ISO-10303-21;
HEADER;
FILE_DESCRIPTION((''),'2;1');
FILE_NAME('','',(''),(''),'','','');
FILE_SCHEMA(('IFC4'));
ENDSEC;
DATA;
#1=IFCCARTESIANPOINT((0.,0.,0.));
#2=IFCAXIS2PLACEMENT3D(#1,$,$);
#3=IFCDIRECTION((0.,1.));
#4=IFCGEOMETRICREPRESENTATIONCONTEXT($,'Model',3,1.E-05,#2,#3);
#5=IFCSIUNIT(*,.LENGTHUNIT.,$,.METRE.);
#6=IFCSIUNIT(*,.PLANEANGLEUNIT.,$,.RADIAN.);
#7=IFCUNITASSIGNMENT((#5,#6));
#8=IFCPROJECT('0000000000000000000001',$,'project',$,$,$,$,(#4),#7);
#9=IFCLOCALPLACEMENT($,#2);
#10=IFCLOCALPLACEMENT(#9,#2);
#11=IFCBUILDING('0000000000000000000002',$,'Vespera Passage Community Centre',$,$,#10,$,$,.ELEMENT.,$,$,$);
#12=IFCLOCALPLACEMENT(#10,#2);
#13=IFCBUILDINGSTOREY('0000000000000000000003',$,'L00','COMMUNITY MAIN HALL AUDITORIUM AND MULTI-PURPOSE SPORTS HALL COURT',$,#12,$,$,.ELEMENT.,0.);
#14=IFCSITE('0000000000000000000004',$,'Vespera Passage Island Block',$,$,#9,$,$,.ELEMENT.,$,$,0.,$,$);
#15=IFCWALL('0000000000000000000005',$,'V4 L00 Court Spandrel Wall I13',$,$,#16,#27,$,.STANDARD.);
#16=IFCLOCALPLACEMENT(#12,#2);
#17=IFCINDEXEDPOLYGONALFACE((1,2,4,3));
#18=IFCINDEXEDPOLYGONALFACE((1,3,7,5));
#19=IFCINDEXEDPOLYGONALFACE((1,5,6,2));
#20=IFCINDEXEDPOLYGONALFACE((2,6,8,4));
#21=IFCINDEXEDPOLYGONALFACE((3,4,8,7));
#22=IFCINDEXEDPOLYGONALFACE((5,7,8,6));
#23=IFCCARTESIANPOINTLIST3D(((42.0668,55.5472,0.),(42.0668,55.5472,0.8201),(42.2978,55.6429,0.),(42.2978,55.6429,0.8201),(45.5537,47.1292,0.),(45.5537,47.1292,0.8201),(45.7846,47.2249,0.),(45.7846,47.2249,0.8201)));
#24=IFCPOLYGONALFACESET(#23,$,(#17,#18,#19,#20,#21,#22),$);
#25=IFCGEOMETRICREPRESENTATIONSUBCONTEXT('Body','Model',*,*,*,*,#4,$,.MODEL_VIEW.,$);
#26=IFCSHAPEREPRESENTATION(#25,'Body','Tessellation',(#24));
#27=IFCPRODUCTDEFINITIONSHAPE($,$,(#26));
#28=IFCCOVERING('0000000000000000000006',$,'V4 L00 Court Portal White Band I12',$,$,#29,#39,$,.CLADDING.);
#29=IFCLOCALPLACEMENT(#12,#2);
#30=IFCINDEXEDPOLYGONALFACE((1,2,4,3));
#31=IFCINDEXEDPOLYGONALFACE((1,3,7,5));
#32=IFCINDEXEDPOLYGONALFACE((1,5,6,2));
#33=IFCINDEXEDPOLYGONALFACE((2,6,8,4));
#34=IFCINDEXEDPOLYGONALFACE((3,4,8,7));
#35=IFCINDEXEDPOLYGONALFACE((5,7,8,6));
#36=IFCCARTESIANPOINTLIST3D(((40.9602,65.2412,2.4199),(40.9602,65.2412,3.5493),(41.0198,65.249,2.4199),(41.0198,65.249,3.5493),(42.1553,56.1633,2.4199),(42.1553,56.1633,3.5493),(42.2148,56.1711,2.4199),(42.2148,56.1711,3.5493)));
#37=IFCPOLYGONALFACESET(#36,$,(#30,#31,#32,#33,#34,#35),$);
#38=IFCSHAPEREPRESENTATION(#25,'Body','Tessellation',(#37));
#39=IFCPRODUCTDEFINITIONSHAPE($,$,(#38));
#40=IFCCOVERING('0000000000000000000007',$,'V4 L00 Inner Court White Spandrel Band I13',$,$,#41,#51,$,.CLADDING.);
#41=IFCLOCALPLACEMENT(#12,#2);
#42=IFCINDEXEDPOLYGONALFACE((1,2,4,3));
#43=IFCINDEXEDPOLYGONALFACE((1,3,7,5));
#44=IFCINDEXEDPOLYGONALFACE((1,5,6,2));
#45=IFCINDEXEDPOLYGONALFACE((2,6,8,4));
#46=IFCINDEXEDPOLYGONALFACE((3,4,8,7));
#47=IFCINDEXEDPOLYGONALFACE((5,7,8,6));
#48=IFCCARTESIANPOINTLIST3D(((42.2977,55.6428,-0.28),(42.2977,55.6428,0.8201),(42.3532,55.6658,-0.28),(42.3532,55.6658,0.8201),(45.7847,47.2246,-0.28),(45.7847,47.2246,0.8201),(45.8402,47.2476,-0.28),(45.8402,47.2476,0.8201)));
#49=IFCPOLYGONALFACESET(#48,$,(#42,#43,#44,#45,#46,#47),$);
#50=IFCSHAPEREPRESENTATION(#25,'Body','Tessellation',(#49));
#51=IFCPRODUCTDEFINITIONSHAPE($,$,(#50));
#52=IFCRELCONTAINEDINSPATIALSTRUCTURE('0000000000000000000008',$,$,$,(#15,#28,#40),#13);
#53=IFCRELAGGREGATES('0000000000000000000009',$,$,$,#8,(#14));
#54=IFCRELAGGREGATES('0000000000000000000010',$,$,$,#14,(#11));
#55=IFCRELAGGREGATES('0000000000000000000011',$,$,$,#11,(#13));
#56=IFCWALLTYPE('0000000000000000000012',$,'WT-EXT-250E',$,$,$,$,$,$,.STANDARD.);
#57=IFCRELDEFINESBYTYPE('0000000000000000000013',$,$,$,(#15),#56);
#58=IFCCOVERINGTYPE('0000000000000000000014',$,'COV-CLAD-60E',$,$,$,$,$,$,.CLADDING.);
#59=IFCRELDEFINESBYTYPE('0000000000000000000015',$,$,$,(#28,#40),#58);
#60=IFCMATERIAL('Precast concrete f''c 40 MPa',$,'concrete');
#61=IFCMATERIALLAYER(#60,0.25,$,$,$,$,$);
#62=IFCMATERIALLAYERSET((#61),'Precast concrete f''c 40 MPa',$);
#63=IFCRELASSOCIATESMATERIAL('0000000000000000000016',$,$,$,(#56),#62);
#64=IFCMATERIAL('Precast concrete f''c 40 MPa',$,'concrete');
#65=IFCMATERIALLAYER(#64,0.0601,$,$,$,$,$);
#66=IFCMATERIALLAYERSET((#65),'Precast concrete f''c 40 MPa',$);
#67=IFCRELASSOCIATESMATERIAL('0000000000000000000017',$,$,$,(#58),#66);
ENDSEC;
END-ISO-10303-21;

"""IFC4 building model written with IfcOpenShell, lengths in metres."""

from ifc_helpers import new_model, si_unit, direction, frame, frame_2d, origin, place, context, subcontext, project, spatial, rectangle, extrude, material, layer, layer_set, type_object, element, save


model = new_model("IFC4")

# Units and contexts
model_context = context("Model", 3, precision=1e-05, world=origin(), true_north=direction((0.0, 1.0)))
body_context = subcontext(model_context, "Body", "Model", "MODEL_VIEW")
ifc_project = project(units=[si_unit("LENGTHUNIT", "METRE"), si_unit("PLANEANGLEUNIT", "RADIAN")], contexts=[model_context])

# Site, building, storey
site_placement = place(None, origin())
site = spatial("IfcSite", under=ifc_project, at=site_placement, Name="Vespera Passage Island Block", CompositionType="ELEMENT", RefElevation=0.0)
building_placement = place(site_placement, origin())
building = spatial("IfcBuilding", under=site, at=building_placement, Name="Vespera Passage Community Centre", CompositionType="ELEMENT")
storey_placement = place(building_placement, origin())
storey = spatial("IfcBuildingStorey", under=building, at=storey_placement, Name="L00", Description="COMMUNITY MAIN HALL AUDITORIUM AND MULTI-PURPOSE SPORTS HALL COURT", CompositionType="ELEMENT", Elevation=0.0)

# Shared definitions
ifc_material_1 = material(Name="Precast concrete f'c 40 MPa", Category="concrete")
ifc_layer_1 = layer(ifc_material_1, 0.25)
ifc_layer_set_1 = layer_set([ifc_layer_1], Name="Precast concrete f'c 40 MPa")
wall_type = type_object("IfcWallType", Name="WT-EXT-250E", PredefinedType="STANDARD", material=ifc_layer_set_1)

# Wall
wall_1_placement = place(storey_placement, frame((42.1824, 55.595, 0.0), z_axis=(0.0, 0.0, 1.0), x_axis=(0.382682, -0.92388, 0.0)))
element("IfcWall", 1, at=wall_1_placement, inside=storey, type_object=wall_type, Name="V4 L00 Court Spandrel Wall I13", PredefinedType="STANDARD", context=body_context, shape_type="SweptSolid", body=[
    extrude(rectangle(XDim=9.1116, YDim=0.25, at=frame_2d((4.5557, 0.0))), origin(), (0.0, 0.0, 1.0), 0.8201),
])

# Coverings
ifc_material_2 = material(Name="Precast concrete f'c 40 MPa", Category="concrete")
ifc_layer_2 = layer(ifc_material_2, 0.0601)
ifc_layer_set_2 = layer_set([ifc_layer_2], Name="Precast concrete f'c 40 MPa")
covering_type = type_object("IfcCoveringType", Name="COV-CLAD-60E", PredefinedType="CLADDING", material=ifc_layer_set_2)
covering_1_placement = place(storey_placement, frame((40.99, 65.2451, 2.4199), z_axis=(0.0, 0.0, 1.0), x_axis=(0.13052, -0.991446, 0.0)))
element("IfcCovering", 2, at=covering_1_placement, inside=storey, type_object=covering_type, Name="V4 L00 Court Portal White Band I12", PredefinedType="CLADDING", context=body_context, shape_type="SweptSolid", body=[
    extrude(rectangle(XDim=9.1562, YDim=0.0601, at=frame_2d((4.5781, 0.0))), origin(), (0.0, 0.0, 1.0), 1.1294),
])
covering_2_placement = place(storey_placement, frame((42.3254, 55.6543, -0.28), z_axis=(0.0, 0.0, 1.0), x_axis=(0.382695, -0.923875, 0.0)))
element("IfcCovering", 3, at=covering_2_placement, inside=storey, type_object=covering_type, Name="V4 L00 Inner Court White Spandrel Band I13", PredefinedType="CLADDING", context=body_context, shape_type="SweptSolid", body=[
    extrude(rectangle(XDim=9.1118, YDim=0.0601, at=frame_2d((4.5559, 0.0))), origin(), (0.0, 0.0, 1.0), 1.1001),
])

save(model, "model.ifc")
